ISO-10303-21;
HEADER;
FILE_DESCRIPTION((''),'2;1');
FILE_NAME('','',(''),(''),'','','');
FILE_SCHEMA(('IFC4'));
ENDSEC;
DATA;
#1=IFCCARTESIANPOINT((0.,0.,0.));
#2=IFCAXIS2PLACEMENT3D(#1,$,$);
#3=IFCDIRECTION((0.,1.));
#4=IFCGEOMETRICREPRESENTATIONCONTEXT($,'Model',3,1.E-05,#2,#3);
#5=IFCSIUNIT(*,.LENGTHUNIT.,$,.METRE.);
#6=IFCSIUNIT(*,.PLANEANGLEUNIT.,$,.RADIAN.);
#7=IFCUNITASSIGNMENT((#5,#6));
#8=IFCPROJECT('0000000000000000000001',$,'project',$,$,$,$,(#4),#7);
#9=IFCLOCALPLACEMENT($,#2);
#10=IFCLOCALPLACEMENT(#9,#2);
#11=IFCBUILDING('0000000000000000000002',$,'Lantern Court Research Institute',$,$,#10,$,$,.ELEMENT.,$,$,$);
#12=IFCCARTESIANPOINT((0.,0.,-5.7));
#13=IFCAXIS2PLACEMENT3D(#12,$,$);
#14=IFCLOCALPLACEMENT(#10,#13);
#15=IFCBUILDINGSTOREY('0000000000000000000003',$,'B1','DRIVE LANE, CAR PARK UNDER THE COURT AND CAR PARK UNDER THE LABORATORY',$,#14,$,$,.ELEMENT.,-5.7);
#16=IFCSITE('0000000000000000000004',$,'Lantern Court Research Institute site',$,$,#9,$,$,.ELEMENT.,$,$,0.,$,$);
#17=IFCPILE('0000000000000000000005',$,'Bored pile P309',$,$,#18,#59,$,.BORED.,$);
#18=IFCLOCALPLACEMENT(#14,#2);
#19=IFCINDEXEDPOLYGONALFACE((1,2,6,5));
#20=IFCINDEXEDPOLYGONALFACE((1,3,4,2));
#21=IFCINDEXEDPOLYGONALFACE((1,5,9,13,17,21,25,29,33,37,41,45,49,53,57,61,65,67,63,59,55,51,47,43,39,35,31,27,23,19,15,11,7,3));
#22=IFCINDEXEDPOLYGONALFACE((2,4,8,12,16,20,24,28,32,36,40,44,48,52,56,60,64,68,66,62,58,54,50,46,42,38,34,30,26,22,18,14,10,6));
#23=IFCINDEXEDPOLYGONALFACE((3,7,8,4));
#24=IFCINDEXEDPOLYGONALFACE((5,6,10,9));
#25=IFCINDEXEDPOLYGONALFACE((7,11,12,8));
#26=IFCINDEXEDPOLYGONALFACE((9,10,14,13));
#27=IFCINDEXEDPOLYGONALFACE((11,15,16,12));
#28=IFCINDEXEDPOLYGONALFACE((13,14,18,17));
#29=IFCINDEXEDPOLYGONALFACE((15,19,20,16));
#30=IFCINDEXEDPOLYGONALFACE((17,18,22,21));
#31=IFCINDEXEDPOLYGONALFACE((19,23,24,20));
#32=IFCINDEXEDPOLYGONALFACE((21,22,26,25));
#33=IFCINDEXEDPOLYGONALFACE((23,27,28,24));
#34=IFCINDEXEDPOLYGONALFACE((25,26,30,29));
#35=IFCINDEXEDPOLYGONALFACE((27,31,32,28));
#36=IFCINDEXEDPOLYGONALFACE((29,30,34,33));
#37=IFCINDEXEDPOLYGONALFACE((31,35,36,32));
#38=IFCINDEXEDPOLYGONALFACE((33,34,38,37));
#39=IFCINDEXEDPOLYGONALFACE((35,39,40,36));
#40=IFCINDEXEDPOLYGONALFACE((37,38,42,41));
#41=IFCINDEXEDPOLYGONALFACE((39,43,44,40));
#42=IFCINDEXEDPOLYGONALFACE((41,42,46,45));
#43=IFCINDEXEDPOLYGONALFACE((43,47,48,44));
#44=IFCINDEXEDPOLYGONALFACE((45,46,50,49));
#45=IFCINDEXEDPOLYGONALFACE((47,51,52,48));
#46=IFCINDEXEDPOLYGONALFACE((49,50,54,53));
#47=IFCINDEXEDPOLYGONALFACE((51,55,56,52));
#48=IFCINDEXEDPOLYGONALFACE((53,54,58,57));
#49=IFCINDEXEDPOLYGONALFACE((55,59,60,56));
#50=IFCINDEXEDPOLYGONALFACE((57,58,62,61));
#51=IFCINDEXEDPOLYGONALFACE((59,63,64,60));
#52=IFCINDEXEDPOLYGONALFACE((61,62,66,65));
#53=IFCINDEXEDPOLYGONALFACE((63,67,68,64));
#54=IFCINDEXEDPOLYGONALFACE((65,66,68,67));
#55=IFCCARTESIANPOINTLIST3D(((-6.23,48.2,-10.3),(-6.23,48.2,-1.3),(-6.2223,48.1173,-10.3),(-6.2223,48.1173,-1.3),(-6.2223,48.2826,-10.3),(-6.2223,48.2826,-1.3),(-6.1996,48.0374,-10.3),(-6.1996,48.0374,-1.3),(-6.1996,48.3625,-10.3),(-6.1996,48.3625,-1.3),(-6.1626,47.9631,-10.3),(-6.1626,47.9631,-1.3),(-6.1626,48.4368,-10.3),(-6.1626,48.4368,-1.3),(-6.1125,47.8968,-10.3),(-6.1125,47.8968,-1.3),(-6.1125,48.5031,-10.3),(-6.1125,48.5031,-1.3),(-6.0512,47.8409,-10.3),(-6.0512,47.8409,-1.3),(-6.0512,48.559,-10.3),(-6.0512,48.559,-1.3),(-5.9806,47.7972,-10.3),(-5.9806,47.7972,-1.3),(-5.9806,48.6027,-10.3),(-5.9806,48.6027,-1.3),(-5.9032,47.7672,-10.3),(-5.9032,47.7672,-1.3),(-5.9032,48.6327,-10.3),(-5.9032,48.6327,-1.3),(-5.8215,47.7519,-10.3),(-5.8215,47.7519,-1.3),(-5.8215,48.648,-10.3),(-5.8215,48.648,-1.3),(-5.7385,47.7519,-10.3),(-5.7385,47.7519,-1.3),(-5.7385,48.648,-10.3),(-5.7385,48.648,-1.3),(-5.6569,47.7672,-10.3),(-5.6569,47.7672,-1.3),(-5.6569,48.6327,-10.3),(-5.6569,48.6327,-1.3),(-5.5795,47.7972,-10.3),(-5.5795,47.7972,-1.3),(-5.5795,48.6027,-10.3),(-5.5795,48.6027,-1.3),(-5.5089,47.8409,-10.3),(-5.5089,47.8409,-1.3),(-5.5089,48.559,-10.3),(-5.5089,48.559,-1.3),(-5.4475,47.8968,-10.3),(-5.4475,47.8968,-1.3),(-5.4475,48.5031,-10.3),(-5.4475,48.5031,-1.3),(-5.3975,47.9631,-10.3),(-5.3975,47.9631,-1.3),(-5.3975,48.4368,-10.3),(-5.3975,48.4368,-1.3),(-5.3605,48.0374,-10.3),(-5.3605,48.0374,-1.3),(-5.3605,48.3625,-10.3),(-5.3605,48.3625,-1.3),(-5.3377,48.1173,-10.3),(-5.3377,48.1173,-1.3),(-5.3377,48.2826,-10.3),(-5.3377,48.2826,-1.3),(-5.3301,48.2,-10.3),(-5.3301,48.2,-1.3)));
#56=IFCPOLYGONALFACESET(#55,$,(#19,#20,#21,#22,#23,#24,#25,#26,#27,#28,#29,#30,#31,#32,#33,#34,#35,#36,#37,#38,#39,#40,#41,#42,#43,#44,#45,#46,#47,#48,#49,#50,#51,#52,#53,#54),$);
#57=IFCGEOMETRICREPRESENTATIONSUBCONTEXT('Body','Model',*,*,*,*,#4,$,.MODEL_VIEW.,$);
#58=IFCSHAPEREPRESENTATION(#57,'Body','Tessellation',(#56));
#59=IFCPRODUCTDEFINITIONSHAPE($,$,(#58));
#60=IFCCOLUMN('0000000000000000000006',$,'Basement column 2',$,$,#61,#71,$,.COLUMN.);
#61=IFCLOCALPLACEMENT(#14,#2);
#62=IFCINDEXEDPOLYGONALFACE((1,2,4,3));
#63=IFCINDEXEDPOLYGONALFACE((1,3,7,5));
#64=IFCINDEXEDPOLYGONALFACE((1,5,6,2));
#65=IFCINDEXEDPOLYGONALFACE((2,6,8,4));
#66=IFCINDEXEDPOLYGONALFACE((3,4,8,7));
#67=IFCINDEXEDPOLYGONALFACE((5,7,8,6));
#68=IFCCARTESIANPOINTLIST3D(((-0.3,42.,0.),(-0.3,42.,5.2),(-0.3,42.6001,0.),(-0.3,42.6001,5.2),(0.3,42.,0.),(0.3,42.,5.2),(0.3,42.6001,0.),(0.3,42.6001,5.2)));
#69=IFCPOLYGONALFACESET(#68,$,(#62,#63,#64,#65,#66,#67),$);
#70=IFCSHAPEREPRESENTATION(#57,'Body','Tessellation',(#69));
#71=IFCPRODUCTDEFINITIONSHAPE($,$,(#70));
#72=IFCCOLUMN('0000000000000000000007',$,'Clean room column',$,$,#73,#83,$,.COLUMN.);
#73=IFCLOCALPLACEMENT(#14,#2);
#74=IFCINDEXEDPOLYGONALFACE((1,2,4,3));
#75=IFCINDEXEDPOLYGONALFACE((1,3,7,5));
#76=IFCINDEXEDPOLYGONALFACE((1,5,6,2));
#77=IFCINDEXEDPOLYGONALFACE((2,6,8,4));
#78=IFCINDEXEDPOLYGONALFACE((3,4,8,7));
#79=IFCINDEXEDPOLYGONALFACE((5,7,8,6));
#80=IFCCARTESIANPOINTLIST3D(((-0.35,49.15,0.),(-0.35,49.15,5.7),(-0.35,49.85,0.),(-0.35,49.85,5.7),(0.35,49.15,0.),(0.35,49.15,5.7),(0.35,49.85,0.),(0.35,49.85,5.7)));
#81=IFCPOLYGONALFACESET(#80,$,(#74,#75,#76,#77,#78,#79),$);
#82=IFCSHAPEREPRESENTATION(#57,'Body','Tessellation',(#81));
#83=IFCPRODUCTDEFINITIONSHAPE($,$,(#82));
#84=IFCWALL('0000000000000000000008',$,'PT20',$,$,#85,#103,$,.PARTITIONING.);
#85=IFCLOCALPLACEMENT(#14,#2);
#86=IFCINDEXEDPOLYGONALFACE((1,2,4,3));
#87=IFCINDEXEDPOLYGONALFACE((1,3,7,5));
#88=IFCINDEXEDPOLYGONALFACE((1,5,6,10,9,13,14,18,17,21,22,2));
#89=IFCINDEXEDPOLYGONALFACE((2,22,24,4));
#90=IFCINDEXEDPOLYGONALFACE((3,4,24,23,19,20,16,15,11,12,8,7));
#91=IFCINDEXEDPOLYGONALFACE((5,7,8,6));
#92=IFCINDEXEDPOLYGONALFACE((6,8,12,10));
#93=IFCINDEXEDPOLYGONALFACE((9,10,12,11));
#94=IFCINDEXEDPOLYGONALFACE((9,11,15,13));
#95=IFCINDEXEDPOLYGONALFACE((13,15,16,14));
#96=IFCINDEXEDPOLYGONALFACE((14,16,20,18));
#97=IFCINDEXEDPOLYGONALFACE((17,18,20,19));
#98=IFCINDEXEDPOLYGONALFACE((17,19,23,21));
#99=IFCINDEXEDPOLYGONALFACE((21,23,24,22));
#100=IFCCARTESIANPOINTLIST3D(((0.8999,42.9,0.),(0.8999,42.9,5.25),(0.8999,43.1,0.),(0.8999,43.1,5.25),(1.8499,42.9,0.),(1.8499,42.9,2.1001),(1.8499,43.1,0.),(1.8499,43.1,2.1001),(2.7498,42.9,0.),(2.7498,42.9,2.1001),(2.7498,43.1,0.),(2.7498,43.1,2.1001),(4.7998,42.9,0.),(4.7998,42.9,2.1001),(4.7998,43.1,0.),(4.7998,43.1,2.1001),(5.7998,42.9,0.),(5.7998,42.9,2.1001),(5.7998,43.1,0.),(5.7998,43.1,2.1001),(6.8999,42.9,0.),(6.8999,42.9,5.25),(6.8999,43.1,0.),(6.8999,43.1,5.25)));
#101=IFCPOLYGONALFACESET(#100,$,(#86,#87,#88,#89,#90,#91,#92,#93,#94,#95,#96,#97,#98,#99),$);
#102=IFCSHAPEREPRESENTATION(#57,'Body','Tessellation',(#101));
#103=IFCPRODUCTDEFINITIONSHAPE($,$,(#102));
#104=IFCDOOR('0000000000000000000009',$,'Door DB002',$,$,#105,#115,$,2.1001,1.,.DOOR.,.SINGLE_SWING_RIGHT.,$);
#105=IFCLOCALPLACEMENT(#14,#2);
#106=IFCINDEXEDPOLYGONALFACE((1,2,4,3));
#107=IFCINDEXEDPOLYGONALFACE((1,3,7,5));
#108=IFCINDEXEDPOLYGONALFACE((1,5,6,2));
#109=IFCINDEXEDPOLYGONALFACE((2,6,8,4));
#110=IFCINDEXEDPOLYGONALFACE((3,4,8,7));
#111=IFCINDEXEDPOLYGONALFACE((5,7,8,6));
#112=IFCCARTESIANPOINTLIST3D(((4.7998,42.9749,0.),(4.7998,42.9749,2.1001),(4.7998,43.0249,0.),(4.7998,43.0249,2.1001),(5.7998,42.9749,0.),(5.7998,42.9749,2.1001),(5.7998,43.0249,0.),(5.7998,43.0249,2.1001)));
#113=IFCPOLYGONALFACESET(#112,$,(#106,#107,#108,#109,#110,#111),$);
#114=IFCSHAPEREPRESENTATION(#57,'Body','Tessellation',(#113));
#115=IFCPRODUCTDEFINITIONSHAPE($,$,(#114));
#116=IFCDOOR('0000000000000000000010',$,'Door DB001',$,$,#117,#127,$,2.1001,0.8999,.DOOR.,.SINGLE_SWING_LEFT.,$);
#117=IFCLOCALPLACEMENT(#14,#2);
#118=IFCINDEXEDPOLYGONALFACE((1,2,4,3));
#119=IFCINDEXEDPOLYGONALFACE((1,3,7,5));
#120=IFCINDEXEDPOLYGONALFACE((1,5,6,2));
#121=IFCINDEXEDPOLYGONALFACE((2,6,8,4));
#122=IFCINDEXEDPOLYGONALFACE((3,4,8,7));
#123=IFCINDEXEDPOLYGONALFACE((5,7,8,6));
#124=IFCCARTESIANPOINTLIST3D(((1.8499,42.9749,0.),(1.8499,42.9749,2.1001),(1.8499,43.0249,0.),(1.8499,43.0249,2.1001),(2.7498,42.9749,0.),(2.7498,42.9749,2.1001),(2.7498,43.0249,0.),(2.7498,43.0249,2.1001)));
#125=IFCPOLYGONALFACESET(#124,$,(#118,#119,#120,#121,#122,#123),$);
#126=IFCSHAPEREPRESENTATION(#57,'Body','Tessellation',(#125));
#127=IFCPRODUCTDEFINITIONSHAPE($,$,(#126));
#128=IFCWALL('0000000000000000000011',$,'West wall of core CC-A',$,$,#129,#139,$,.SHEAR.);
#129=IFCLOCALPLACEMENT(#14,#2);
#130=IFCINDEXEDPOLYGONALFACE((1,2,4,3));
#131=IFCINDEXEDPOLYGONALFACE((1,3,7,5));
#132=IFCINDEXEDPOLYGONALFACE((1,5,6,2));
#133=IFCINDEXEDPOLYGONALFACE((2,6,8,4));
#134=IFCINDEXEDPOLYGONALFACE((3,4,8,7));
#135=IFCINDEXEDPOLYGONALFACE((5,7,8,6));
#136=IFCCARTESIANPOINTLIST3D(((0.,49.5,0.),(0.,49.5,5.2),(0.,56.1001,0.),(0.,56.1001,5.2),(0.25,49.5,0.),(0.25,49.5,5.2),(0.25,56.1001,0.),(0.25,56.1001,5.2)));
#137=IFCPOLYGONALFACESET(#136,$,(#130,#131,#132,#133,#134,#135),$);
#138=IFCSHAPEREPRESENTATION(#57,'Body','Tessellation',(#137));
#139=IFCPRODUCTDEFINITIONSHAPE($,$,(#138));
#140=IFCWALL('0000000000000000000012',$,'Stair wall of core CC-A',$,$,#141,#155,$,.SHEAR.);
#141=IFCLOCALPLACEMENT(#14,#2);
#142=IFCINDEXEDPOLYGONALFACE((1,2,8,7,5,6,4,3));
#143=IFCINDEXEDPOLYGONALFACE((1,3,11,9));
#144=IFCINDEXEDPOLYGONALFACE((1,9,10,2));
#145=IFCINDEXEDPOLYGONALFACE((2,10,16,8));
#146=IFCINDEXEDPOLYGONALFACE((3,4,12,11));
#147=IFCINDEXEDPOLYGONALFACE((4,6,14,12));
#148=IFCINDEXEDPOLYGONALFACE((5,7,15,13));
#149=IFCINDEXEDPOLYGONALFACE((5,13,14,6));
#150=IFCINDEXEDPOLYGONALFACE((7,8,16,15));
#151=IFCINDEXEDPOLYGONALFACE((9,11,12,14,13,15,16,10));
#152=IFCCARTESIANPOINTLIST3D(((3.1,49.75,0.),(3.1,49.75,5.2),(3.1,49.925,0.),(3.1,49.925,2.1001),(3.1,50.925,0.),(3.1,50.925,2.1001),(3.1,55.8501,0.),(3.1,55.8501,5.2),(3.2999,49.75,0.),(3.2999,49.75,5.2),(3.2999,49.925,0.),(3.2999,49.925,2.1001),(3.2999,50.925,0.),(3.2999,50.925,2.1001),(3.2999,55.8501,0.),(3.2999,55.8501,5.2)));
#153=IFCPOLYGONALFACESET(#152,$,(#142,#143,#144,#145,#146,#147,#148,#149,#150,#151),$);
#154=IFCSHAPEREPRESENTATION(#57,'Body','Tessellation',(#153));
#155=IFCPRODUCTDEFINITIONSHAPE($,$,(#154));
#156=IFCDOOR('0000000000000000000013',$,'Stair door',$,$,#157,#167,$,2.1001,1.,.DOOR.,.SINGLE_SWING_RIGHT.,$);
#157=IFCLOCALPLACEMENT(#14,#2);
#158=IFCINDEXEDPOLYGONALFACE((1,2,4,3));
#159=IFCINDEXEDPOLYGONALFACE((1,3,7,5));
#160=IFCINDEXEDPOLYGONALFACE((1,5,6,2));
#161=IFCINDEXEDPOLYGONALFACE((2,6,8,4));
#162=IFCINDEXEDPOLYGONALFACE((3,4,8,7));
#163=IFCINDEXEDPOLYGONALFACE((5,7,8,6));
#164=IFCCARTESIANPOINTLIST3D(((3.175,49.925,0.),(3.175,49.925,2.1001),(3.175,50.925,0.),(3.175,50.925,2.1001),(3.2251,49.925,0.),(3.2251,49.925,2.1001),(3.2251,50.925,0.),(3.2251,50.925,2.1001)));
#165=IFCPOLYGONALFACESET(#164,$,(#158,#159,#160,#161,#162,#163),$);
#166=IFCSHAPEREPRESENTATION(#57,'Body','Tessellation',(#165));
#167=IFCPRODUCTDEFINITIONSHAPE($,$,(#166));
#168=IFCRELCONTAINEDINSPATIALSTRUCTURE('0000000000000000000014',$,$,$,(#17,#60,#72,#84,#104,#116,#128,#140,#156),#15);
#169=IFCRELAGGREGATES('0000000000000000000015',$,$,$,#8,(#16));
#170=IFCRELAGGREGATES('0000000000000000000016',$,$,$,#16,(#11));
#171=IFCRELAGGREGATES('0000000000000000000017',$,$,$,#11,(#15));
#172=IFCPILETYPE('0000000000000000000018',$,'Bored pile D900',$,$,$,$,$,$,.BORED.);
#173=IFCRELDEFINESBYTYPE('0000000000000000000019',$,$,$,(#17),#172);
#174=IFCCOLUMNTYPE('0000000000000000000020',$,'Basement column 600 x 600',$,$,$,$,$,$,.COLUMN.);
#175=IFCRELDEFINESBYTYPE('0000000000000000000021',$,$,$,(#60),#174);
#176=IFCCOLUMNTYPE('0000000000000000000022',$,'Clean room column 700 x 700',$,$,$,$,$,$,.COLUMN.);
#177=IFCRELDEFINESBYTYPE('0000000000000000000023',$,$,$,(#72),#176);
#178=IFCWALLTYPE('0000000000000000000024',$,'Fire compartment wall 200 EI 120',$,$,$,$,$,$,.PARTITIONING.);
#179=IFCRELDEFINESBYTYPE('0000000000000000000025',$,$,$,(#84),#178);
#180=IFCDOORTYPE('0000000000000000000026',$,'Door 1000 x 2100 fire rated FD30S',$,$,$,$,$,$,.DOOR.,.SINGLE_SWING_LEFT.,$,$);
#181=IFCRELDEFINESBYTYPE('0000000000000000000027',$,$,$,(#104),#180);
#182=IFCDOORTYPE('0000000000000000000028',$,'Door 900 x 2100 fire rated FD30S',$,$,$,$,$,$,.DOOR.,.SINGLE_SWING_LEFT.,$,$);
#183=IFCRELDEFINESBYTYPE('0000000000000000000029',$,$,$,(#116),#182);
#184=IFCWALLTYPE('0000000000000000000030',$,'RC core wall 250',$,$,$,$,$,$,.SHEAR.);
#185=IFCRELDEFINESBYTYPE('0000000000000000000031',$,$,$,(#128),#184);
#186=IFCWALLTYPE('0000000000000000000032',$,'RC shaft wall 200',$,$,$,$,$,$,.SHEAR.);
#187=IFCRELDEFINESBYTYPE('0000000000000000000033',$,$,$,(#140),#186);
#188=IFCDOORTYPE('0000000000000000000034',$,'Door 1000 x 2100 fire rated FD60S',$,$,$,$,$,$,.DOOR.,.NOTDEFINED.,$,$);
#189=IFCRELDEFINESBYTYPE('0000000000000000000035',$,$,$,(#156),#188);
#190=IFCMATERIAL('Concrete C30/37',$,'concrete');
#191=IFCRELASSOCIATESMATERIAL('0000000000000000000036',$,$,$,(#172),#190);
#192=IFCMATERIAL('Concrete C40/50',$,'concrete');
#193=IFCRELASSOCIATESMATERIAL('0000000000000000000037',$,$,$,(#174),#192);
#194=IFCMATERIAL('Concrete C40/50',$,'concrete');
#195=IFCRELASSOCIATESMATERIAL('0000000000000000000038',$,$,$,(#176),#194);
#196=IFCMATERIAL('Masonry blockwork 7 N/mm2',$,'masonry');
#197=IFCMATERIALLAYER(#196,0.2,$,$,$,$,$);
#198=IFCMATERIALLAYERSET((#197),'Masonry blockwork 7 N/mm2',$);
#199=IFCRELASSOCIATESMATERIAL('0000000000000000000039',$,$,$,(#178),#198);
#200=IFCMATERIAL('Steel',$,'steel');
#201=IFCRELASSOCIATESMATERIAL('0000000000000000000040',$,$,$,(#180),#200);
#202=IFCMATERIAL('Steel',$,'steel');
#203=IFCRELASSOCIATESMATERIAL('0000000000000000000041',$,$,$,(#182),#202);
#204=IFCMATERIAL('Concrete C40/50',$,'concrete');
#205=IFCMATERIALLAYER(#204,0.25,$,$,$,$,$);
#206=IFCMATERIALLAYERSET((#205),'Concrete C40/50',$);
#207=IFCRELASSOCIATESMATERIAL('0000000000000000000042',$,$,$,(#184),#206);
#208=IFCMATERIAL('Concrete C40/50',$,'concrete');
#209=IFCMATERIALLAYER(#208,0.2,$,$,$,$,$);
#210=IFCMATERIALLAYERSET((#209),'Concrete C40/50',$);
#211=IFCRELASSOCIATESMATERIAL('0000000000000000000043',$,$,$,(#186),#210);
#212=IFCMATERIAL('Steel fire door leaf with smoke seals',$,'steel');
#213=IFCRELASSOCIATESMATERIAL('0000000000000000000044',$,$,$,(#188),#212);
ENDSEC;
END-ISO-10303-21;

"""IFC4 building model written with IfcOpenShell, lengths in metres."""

from ifc_helpers import new_model, si_unit, direction, frame, frame_2d, origin, origin_2d, place, context, subcontext, project, spatial, rectangle, circle, extrude, material, layer, layer_set, material_profile, profile_set, type_object, element, fill, save


model = new_model("IFC4")

# Units and contexts
model_context = context("Model", 3, precision=1e-05, world=origin(), true_north=direction((0.0, 1.0)))
body_context = subcontext(model_context, "Body", "Model", "MODEL_VIEW")
ifc_project = project(units=[si_unit("LENGTHUNIT", "METRE"), si_unit("PLANEANGLEUNIT", "RADIAN")], contexts=[model_context])

# Site, building, storey
site_placement = place(None, origin())
site = spatial("IfcSite", under=ifc_project, at=site_placement, Name="Lantern Court Research Institute site", CompositionType="ELEMENT", RefElevation=0.0)
building_placement = place(site_placement, origin())
building = spatial("IfcBuilding", under=site, at=building_placement, Name="Lantern Court Research Institute", CompositionType="ELEMENT")
storey_placement = place(building_placement, frame((0.0, 0.0, -5.7)))
storey = spatial("IfcBuildingStorey", under=building, at=storey_placement, Name="B1", Description="DRIVE LANE, CAR PARK UNDER THE COURT AND CAR PARK UNDER THE LABORATORY", CompositionType="ELEMENT", Elevation=-5.7)

# Pile
ifc_material_1 = material(Name="Concrete C30/37", Category="concrete")
ifc_material_profile_1 = material_profile(ifc_material_1, circle(Radius=0.45, at=origin_2d()), Name="Bored pile D900")
ifc_profile_set_1 = profile_set([ifc_material_profile_1], Name="Concrete C30/37")
pile_type_1 = type_object("IfcPileType", Name="Bored pile D900", PredefinedType="BORED", material=ifc_profile_set_1)
for number, where, z_axis, x_axis, name in (
    (1, (-5.78, 48.2, -1.3), (0.0, 0.0, -1.0), (1.0, 0.0, 0.0), "Bored pile P309"),
):
    element("IfcPile", number, at=place(storey_placement, frame(where, z_axis=z_axis, x_axis=x_axis)), inside=storey, type_object=pile_type_1, Name=name, PredefinedType="BORED", context=body_context, shape_type="SweptSolid", body=[
        extrude(circle(Radius=0.45, at=origin_2d()), origin(), (0.0, 0.0, 1.0), 9.0),
    ])

# Columns
ifc_material_2 = material(Name="Concrete C40/50", Category="concrete")
ifc_material_profile_2 = material_profile(ifc_material_2, rectangle(XDim=0.6001, YDim=0.6001, at=origin_2d()), Name="Basement column 600 x 600")
ifc_profile_set_2 = profile_set([ifc_material_profile_2], Name="Concrete C40/50")
column_type_1 = type_object("IfcColumnType", Name="Basement column 600 x 600", PredefinedType="COLUMN", material=ifc_profile_set_2)
column_1_placement = place(storey_placement, frame((0.0, 42.3, 0.0), z_axis=(0.0, 0.0, 1.0), x_axis=(1.0, 0.0, 0.0)))
element("IfcColumn", 2, at=column_1_placement, inside=storey, type_object=column_type_1, Name="Basement column 2", PredefinedType="COLUMN", context=body_context, shape_type="SweptSolid", body=[
    extrude(rectangle(XDim=0.6001, YDim=0.6001, at=origin_2d()), origin(), (0.0, 0.0, 1.0), 5.2),
])
ifc_material_3 = material(Name="Concrete C40/50", Category="concrete")
ifc_material_profile_3 = material_profile(ifc_material_3, rectangle(XDim=0.7, YDim=0.7, at=origin_2d()), Name="Clean room column 700 x 700")
ifc_profile_set_3 = profile_set([ifc_material_profile_3], Name="Concrete C40/50")
column_type_2 = type_object("IfcColumnType", Name="Clean room column 700 x 700", PredefinedType="COLUMN", material=ifc_profile_set_3)
column_2_placement = place(storey_placement, frame((0.0, 49.5, 0.0), z_axis=(0.0, 0.0, 1.0), x_axis=(1.0, 0.0, 0.0)))
element("IfcColumn", 3, at=column_2_placement, inside=storey, type_object=column_type_2, Name="Clean room column", PredefinedType="COLUMN", context=body_context, shape_type="SweptSolid", body=[
    extrude(rectangle(XDim=0.7, YDim=0.7, at=origin_2d()), origin(), (0.0, 0.0, 1.0), 5.7),
])

# Wall, openings, doors
ifc_material_4 = material(Name="Masonry blockwork 7 N/mm2", Category="masonry")
ifc_layer_1 = layer(ifc_material_4, 0.2)
ifc_layer_set_1 = layer_set([ifc_layer_1], Name="Masonry blockwork 7 N/mm2")
wall_type_1 = type_object("IfcWallType", Name="Fire compartment wall 200 EI 120", PredefinedType="PARTITIONING", material=ifc_layer_set_1)
wall_1_placement = place(storey_placement, frame((0.8999, 43.0, 0.0), z_axis=(0.0, 0.0, 1.0), x_axis=(1.0, 0.0, 0.0)))
wall_1 = element("IfcWall", 4, at=wall_1_placement, inside=storey, type_object=wall_type_1, Name="PT20", PredefinedType="PARTITIONING", context=body_context, shape_type="SweptSolid", body=[
    extrude(rectangle(XDim=6.0, YDim=0.2, at=frame_2d((3.0, 0.0))), origin(), (0.0, 0.0, 1.0), 5.25),
])
opening_1_placement = place(wall_1_placement, frame((0.95, 0.0, 0.0)))
opening_1 = element("IfcOpeningElement", 5, at=opening_1_placement, cuts=wall_1, PredefinedType="OPENING", context=body_context, shape_type="SweptSolid", body=[
    extrude(rectangle(XDim=0.8999, YDim=2.1001, at=frame_2d((0.45, 1.05))), frame((0.0, 0.1099, 0.0), z_axis=(0.0, -1.0, 0.0), x_axis=(1.0, 0.0, 0.0)), (0.0, 0.0, 1.0), 0.22),
])
opening_2_placement = place(wall_1_placement, frame((3.8999, 0.0, 0.0)))
opening_2 = element("IfcOpeningElement", 6, at=opening_2_placement, cuts=wall_1, PredefinedType="OPENING", context=body_context, shape_type="SweptSolid", body=[
    extrude(rectangle(XDim=1.0, YDim=2.1001, at=frame_2d((0.5, 1.05))), frame((0.0, 0.1099, 0.0), z_axis=(0.0, -1.0, 0.0), x_axis=(1.0, 0.0, 0.0)), (0.0, 0.0, 1.0), 0.22),
])
ifc_material_5 = material(Name="Steel", Category="steel")
door_type_1 = type_object("IfcDoorType", Name="Door 1000 x 2100 fire rated FD30S", OperationType="SINGLE_SWING_LEFT", PredefinedType="DOOR", material=ifc_material_5)
door_1_placement = place(opening_2_placement, origin())
door_1 = element("IfcDoor", 7, at=door_1_placement, inside=storey, type_object=door_type_1, Name="Door DB002", OperationType="SINGLE_SWING_RIGHT", OverallHeight=2.1001, OverallWidth=1.0, PredefinedType="DOOR", context=body_context, shape_type="SweptSolid", body=[
    extrude(rectangle(XDim=1.0, YDim=2.1001, at=frame_2d((0.5, 1.05))), frame((0.0, 0.0249, 0.0), z_axis=(0.0, -1.0, 0.0), x_axis=(1.0, 0.0, 0.0)), (0.0, 0.0, 1.0), 0.05),
])
fill(opening_2, door_1)
ifc_material_6 = material(Name="Steel", Category="steel")
door_type_2 = type_object("IfcDoorType", Name="Door 900 x 2100 fire rated FD30S", OperationType="SINGLE_SWING_LEFT", PredefinedType="DOOR", material=ifc_material_6)
door_2_placement = place(opening_1_placement, origin())
door_2 = element("IfcDoor", 8, at=door_2_placement, inside=storey, type_object=door_type_2, Name="Door DB001", OperationType="SINGLE_SWING_LEFT", OverallHeight=2.1001, OverallWidth=0.8999, PredefinedType="DOOR", context=body_context, shape_type="SweptSolid", body=[
    extrude(rectangle(XDim=0.8999, YDim=2.1001, at=frame_2d((0.45, 1.05))), frame((0.0, 0.0249, 0.0), z_axis=(0.0, -1.0, 0.0), x_axis=(1.0, 0.0, 0.0)), (0.0, 0.0, 1.0), 0.05),
])
fill(opening_1, door_2)

# Wall
ifc_material_7 = material(Name="Concrete C40/50", Category="concrete")
ifc_layer_2 = layer(ifc_material_7, 0.25)
ifc_layer_set_2 = layer_set([ifc_layer_2], Name="Concrete C40/50")
wall_type_2 = type_object("IfcWallType", Name="RC core wall 250", PredefinedType="SHEAR", material=ifc_layer_set_2)
wall_2_placement = place(storey_placement, frame((0.125, 49.5, 0.0), z_axis=(0.0, 0.0, 1.0), x_axis=(0.0, 1.0, 0.0)))
element("IfcWall", 9, at=wall_2_placement, inside=storey, type_object=wall_type_2, Name="West wall of core CC-A", PredefinedType="SHEAR", context=body_context, shape_type="SweptSolid", body=[
    extrude(rectangle(XDim=6.6001, YDim=0.25, at=frame_2d((3.3, 0.0))), origin(), (0.0, 0.0, 1.0), 5.2),
])

# Wall, opening, door
ifc_material_8 = material(Name="Concrete C40/50", Category="concrete")
ifc_layer_3 = layer(ifc_material_8, 0.2)
ifc_layer_set_3 = layer_set([ifc_layer_3], Name="Concrete C40/50")
wall_type_3 = type_object("IfcWallType", Name="RC shaft wall 200", PredefinedType="SHEAR", material=ifc_layer_set_3)
wall_3_placement = place(storey_placement, frame((3.2, 49.75, 0.0), z_axis=(0.0, 0.0, 1.0), x_axis=(0.0, 1.0, 0.0)))
wall_3 = element("IfcWall", 10, at=wall_3_placement, inside=storey, type_object=wall_type_3, Name="Stair wall of core CC-A", PredefinedType="SHEAR", context=body_context, shape_type="SweptSolid", body=[
    extrude(rectangle(XDim=6.1001, YDim=0.2, at=frame_2d((3.05, 0.0))), origin(), (0.0, 0.0, 1.0), 5.2),
])
opening_3_placement = place(wall_3_placement, frame((0.175, 0.0, 0.0)))
opening_3 = element("IfcOpeningElement", 11, at=opening_3_placement, cuts=wall_3, PredefinedType="OPENING", context=body_context, shape_type="SweptSolid", body=[
    extrude(rectangle(XDim=1.0, YDim=2.1001, at=frame_2d((0.5, 1.05))), frame((0.0, 0.1099, 0.0), z_axis=(0.0, -1.0, 0.0), x_axis=(1.0, 0.0, 0.0)), (0.0, 0.0, 1.0), 0.22),
])
ifc_material_9 = material(Name="Steel fire door leaf with smoke seals", Category="steel")
door_type_3 = type_object("IfcDoorType", Name="Door 1000 x 2100 fire rated FD60S", OperationType="NOTDEFINED", PredefinedType="DOOR", material=ifc_material_9)
door_3_placement = place(opening_3_placement, origin())
door_3 = element("IfcDoor", 12, at=door_3_placement, inside=storey, type_object=door_type_3, Name="Stair door", OperationType="SINGLE_SWING_RIGHT", OverallHeight=2.1001, OverallWidth=1.0, PredefinedType="DOOR", context=body_context, shape_type="SweptSolid", body=[
    extrude(rectangle(XDim=1.0, YDim=2.1001, at=frame_2d((0.5, 1.05))), frame((0.0, 0.0249, 0.0), z_axis=(0.0, -1.0, 0.0), x_axis=(1.0, 0.0, 0.0)), (0.0, 0.0, 1.0), 0.05),
])
fill(opening_3, door_3)

save(model, "model.ifc")
